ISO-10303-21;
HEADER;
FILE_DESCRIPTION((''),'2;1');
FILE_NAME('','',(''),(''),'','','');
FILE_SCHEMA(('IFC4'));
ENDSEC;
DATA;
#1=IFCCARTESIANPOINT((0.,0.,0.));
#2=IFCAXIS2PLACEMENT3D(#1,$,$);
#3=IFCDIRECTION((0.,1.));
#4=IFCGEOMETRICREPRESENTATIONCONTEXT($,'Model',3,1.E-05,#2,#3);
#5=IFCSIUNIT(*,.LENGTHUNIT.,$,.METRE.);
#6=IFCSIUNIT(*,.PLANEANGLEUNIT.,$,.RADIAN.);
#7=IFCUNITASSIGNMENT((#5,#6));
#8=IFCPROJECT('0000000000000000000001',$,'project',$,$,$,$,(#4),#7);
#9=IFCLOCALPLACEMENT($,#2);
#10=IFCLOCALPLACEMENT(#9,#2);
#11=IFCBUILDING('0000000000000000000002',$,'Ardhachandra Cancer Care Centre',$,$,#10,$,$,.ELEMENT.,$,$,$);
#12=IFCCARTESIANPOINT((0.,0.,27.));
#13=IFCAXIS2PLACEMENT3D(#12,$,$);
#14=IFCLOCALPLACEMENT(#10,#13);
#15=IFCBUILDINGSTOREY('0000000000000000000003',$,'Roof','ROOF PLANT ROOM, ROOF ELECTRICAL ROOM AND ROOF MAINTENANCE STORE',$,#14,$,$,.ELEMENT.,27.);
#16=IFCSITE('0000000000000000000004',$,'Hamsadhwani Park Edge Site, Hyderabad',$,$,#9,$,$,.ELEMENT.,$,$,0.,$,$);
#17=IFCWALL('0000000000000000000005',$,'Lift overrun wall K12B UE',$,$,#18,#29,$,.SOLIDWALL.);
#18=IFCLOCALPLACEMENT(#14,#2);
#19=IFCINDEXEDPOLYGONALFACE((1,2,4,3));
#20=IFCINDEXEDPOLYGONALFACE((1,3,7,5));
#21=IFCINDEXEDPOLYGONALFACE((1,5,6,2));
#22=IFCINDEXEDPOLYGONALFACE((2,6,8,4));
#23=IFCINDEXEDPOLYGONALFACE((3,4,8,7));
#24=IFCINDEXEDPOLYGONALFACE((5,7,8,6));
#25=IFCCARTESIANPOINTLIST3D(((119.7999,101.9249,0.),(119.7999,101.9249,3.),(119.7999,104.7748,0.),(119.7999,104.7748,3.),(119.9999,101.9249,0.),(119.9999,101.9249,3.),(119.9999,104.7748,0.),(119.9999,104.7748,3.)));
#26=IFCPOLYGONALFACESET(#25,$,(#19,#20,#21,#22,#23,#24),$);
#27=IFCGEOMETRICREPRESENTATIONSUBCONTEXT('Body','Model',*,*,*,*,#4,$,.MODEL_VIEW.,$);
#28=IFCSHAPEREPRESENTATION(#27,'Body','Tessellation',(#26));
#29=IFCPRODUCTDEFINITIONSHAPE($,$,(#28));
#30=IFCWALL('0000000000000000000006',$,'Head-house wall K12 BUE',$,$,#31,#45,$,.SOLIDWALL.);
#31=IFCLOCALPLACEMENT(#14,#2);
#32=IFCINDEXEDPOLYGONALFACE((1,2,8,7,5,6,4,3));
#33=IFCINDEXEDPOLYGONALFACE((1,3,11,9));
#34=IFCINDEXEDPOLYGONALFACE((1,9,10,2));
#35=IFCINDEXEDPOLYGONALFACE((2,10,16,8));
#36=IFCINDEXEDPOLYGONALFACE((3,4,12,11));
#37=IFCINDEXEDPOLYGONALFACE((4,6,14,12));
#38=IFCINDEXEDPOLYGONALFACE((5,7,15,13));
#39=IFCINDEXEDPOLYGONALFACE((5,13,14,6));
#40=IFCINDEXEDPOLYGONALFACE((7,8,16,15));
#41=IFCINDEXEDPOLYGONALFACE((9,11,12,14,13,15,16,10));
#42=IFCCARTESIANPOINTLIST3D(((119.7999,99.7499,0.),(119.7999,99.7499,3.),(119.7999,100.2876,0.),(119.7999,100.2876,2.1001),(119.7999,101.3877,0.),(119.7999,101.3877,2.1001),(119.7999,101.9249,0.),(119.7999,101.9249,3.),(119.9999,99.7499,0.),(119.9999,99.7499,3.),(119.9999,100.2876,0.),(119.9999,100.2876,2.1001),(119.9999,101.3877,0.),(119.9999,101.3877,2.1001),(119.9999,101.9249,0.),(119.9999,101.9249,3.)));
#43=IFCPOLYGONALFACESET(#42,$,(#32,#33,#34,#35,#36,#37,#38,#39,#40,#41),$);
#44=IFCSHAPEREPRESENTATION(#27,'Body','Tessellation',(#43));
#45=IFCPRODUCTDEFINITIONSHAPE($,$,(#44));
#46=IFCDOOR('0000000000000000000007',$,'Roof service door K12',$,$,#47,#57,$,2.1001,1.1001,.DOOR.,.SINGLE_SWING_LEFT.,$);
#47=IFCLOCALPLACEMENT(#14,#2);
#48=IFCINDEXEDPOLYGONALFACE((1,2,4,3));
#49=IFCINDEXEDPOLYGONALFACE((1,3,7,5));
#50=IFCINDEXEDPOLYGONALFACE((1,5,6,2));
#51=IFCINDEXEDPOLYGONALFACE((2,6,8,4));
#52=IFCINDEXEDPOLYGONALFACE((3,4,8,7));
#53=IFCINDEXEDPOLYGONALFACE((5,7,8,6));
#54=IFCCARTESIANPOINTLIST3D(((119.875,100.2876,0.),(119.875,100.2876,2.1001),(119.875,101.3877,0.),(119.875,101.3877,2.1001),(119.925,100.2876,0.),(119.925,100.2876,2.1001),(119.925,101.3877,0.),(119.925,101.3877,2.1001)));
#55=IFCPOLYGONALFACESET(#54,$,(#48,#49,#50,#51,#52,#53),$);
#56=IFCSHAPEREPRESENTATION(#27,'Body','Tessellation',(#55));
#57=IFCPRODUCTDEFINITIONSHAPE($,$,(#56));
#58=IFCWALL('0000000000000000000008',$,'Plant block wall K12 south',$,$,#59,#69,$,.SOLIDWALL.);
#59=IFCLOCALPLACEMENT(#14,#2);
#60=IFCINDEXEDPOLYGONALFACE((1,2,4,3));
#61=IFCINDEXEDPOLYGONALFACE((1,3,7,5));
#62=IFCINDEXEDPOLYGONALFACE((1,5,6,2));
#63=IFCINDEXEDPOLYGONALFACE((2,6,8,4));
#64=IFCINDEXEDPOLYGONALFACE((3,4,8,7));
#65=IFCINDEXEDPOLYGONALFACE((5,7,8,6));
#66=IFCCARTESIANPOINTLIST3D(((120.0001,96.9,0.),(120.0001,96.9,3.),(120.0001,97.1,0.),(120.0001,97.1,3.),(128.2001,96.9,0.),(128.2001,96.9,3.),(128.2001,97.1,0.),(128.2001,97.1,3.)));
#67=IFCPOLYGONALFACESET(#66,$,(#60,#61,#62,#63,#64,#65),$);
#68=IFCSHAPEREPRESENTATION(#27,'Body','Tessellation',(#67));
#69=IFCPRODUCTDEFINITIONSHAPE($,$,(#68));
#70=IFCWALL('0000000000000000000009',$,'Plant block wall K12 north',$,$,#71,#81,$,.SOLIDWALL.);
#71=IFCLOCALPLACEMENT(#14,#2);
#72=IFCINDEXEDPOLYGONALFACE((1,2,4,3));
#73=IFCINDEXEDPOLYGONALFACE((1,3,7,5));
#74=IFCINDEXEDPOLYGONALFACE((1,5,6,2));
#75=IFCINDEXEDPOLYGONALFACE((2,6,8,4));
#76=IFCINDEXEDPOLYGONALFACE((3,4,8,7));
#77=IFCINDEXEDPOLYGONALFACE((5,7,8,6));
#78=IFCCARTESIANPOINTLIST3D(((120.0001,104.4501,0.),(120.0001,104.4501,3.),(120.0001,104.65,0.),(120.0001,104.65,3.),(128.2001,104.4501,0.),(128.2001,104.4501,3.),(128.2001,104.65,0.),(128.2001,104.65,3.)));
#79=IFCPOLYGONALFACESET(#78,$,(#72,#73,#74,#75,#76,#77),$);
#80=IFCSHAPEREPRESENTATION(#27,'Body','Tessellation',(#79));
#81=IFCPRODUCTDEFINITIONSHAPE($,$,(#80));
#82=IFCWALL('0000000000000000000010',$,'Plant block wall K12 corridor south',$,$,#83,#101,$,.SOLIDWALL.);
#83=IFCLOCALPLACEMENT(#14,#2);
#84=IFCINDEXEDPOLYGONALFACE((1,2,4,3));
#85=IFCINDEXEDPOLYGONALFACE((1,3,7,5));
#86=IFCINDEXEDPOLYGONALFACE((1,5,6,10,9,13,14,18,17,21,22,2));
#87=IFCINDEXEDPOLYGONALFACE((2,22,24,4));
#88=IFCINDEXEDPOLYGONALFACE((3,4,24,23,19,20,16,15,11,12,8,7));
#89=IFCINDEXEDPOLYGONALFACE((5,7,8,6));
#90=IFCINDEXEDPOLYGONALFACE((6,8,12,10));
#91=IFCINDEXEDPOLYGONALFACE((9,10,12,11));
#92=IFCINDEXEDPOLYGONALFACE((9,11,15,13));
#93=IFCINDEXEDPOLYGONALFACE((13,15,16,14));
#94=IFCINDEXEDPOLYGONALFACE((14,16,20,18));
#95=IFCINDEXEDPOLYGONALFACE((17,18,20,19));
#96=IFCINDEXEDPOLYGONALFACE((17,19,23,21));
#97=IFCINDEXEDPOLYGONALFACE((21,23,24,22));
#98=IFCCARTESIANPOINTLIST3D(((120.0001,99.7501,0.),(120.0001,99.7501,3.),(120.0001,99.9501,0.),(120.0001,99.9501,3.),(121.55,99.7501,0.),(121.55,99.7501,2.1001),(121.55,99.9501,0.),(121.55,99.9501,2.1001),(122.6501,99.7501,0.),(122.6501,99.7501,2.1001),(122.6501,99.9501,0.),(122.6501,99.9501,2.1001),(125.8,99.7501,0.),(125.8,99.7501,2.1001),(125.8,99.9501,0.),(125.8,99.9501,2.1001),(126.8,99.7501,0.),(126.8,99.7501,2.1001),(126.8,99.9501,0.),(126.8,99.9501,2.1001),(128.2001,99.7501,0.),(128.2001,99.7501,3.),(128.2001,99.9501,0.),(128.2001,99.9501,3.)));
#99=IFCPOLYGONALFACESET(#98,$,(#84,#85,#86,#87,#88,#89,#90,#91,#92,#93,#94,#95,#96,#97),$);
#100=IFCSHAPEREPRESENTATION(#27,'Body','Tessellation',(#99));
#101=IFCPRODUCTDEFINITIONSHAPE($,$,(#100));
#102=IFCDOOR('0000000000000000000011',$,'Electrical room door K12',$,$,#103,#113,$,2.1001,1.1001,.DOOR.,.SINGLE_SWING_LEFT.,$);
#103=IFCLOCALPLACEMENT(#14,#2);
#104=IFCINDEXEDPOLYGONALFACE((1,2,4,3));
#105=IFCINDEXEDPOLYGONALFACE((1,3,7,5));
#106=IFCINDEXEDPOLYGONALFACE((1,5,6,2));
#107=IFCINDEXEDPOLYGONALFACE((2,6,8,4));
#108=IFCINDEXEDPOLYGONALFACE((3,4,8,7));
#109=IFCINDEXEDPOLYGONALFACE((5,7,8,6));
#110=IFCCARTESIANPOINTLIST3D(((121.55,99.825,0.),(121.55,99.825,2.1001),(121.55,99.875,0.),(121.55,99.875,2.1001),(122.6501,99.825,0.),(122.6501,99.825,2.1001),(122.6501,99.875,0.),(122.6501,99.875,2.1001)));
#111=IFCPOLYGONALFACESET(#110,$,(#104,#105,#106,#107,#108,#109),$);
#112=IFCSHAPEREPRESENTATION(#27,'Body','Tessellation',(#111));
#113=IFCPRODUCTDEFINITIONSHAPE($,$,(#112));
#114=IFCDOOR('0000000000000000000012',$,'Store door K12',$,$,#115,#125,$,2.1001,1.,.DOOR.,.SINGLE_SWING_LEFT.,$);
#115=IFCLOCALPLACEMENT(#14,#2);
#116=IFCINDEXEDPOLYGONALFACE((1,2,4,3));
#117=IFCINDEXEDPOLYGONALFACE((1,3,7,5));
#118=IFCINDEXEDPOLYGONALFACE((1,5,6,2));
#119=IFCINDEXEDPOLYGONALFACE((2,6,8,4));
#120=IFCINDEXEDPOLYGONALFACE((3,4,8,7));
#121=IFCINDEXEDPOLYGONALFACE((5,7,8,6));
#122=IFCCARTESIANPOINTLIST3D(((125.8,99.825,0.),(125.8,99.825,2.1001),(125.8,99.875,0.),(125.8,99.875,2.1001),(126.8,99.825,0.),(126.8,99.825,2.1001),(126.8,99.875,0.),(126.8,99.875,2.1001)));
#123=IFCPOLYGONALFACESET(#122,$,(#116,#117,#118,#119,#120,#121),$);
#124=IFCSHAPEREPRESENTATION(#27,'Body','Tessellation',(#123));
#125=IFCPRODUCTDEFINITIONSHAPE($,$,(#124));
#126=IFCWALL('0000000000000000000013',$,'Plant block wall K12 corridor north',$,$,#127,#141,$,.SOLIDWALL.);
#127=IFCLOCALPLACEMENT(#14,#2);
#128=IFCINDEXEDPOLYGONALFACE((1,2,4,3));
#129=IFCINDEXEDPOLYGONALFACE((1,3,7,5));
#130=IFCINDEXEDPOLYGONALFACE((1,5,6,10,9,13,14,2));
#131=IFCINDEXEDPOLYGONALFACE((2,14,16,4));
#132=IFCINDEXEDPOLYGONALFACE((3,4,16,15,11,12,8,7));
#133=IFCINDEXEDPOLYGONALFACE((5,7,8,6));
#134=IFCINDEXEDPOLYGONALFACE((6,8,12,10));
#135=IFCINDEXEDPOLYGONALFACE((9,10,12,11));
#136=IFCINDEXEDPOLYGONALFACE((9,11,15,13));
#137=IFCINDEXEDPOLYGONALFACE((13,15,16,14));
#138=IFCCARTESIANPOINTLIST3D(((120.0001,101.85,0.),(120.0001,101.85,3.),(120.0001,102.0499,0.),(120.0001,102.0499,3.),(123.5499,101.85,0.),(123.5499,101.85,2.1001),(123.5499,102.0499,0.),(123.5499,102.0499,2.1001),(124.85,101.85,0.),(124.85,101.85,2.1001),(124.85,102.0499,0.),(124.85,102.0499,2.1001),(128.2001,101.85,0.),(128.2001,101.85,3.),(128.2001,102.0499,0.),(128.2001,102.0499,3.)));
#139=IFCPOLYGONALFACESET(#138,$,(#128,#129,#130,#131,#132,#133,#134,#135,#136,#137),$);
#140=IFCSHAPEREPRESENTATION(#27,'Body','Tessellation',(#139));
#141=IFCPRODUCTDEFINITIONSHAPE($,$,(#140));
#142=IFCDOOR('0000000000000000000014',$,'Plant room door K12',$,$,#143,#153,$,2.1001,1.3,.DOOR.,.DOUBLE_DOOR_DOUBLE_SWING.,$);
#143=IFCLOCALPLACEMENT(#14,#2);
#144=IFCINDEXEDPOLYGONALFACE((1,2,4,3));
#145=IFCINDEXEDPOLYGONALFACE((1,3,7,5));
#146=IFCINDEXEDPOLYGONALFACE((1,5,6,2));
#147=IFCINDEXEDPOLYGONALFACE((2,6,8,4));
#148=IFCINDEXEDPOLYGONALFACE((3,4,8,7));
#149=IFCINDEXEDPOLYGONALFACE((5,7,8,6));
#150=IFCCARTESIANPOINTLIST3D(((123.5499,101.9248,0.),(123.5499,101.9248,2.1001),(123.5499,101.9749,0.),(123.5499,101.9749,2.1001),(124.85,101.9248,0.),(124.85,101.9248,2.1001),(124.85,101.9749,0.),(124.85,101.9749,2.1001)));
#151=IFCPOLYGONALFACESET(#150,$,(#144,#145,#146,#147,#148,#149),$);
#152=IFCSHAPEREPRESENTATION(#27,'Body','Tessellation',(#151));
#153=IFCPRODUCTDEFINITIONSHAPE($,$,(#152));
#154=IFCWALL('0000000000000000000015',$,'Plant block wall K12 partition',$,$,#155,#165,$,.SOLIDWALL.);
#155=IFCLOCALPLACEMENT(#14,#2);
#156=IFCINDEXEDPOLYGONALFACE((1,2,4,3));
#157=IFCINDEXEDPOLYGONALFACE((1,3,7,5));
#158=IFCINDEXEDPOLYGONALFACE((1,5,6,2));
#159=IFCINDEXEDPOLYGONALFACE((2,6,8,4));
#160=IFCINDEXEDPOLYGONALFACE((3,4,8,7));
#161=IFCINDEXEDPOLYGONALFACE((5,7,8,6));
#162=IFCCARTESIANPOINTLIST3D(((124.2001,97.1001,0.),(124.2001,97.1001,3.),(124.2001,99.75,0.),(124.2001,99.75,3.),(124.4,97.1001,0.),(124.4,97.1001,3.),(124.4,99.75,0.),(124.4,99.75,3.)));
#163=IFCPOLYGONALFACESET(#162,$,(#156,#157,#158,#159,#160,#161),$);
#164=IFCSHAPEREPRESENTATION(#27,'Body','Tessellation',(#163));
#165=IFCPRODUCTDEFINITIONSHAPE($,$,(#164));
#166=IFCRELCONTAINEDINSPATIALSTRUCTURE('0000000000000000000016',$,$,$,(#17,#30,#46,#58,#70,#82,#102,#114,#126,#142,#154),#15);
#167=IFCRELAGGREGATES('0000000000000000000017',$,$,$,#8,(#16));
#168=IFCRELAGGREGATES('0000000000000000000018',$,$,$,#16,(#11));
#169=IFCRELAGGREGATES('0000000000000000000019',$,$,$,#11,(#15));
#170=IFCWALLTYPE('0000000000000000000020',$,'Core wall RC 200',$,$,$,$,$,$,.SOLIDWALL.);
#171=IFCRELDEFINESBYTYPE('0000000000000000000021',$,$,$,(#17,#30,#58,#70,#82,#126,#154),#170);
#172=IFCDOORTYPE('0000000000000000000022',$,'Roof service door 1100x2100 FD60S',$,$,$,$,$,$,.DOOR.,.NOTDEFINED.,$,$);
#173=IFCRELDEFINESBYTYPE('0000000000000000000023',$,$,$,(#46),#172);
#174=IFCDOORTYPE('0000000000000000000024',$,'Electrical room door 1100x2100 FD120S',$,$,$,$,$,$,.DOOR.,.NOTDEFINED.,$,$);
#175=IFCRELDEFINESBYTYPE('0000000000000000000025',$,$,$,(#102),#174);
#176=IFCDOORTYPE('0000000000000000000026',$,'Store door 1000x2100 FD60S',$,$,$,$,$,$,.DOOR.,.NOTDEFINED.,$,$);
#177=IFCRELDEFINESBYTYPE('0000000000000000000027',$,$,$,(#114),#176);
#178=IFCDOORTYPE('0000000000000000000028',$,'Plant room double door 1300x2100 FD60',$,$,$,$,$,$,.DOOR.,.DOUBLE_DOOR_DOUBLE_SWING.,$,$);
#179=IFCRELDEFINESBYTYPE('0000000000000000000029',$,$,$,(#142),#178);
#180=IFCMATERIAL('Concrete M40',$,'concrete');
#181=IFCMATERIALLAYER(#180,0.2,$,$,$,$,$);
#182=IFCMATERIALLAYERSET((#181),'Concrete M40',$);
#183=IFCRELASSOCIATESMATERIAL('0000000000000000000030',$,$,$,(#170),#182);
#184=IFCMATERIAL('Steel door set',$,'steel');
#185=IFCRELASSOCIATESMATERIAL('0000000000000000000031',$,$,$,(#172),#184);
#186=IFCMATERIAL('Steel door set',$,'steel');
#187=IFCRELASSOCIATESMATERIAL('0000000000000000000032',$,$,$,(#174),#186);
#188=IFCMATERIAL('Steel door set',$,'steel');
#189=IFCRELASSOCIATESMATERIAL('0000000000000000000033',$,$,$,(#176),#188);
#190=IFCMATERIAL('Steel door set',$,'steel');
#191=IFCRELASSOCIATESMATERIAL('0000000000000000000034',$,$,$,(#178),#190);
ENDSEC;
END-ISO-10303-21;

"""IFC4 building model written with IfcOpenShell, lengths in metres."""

from ifc_helpers import new_model, si_unit, direction, frame, frame_2d, origin, place, context, subcontext, project, spatial, rectangle, extrude, material, layer, layer_set, type_object, element, fill, save


model = new_model("IFC4")

# Units and contexts
model_context = context("Model", 3, precision=1e-05, world=origin(), true_north=direction((0.0, 1.0)))
body_context = subcontext(model_context, "Body", "Model", "MODEL_VIEW")
ifc_project = project(units=[si_unit("LENGTHUNIT", "METRE"), si_unit("PLANEANGLEUNIT", "RADIAN")], contexts=[model_context])

# Site, building, storey
site_placement = place(None, origin())
site = spatial("IfcSite", under=ifc_project, at=site_placement, Name="Hamsadhwani Park Edge Site, Hyderabad", CompositionType="ELEMENT", RefElevation=0.0)
building_placement = place(site_placement, origin())
building = spatial("IfcBuilding", under=site, at=building_placement, Name="Ardhachandra Cancer Care Centre", CompositionType="ELEMENT")
storey_placement = place(building_placement, frame((0.0, 0.0, 27.0)))
storey = spatial("IfcBuildingStorey", under=building, at=storey_placement, Name="Roof", Description="ROOF PLANT ROOM, ROOF ELECTRICAL ROOM AND ROOF MAINTENANCE STORE", CompositionType="ELEMENT", Elevation=27.0)

# Wall
ifc_material_1 = material(Name="Concrete M40", Category="concrete")
ifc_layer_1 = layer(ifc_material_1, 0.2)
ifc_layer_set_1 = layer_set([ifc_layer_1], Name="Concrete M40")
wall_type_1 = type_object("IfcWallType", Name="Core wall RC 200", PredefinedType="SOLIDWALL", material=ifc_layer_set_1)
wall_1_placement = place(storey_placement, frame((119.8999, 101.925, 0.0), z_axis=(0.0, 0.0, 1.0), x_axis=(0.0, 1.0, 0.0)))
element("IfcWall", 1, at=wall_1_placement, inside=storey, type_object=wall_type_1, Name="Lift overrun wall K12B UE", PredefinedType="SOLIDWALL", context=body_context, shape_type="SweptSolid", body=[
    extrude(rectangle(XDim=2.8499, YDim=0.2, at=frame_2d((1.4248, 0.0))), origin(), (0.0, 0.0, 1.0), 3.0),
])

# Wall, opening, door
wall_2_placement = place(storey_placement, frame((119.8999, 99.75, 0.0), z_axis=(0.0, 0.0, 1.0), x_axis=(0.0, 1.0, 0.0)))
wall_2 = element("IfcWall", 2, at=wall_2_placement, inside=storey, type_object=wall_type_1, Name="Head-house wall K12 BUE", PredefinedType="SOLIDWALL", context=body_context, shape_type="SweptSolid", body=[
    extrude(rectangle(XDim=2.175, YDim=0.2, at=frame_2d((1.0874, 0.0))), origin(), (0.0, 0.0, 1.0), 3.0),
])
opening_1_placement = place(wall_2_placement, frame((0.5376, 0.0, 0.0)))
opening_1 = element("IfcOpeningElement", 3, at=opening_1_placement, cuts=wall_2, PredefinedType="OPENING", context=body_context, shape_type="SweptSolid", body=[
    extrude(rectangle(XDim=1.1001, YDim=2.1001, at=frame_2d((0.55, 1.05))), frame((0.0, 0.1099, 0.0), z_axis=(0.0, -1.0, 0.0), x_axis=(1.0, 0.0, 0.0)), (0.0, 0.0, 1.0), 0.22),
])
ifc_material_2 = material(Name="Steel door set", Category="steel")
door_type_1 = type_object("IfcDoorType", Name="Roof service door 1100x2100 FD60S", OperationType="NOTDEFINED", PredefinedType="DOOR", material=ifc_material_2)
door_1_placement = place(opening_1_placement, origin())
door_1 = element("IfcDoor", 4, at=door_1_placement, inside=storey, type_object=door_type_1, Name="Roof service door K12", OperationType="SINGLE_SWING_LEFT", OverallHeight=2.1001, OverallWidth=1.1001, PredefinedType="DOOR", context=body_context, shape_type="SweptSolid", body=[
    extrude(rectangle(XDim=1.1001, YDim=2.1001, at=frame_2d((0.55, 1.05))), frame((0.0, 0.0249, 0.0), z_axis=(0.0, -1.0, 0.0), x_axis=(1.0, 0.0, 0.0)), (0.0, 0.0, 1.0), 0.05),
])
fill(opening_1, door_1)

# Walls
for number, where, z_axis, x_axis, name in (
    (5, (120.0, 97.0, 0.0), (0.0, 0.0, 1.0), (1.0, 0.0, 0.0), "Plant block wall K12 south"),
    (6, (120.0, 104.55, 0.0), (0.0, 0.0, 1.0), (1.0, 0.0, 0.0), "Plant block wall K12 north"),
):
    element("IfcWall", number, at=place(storey_placement, frame(where, z_axis=z_axis, x_axis=x_axis)), inside=storey, type_object=wall_type_1, Name=name, PredefinedType="SOLIDWALL", context=body_context, shape_type="SweptSolid", body=[
        extrude(rectangle(XDim=8.2, YDim=0.2, at=frame_2d((4.1001, 0.0))), origin(), (0.0, 0.0, 1.0), 3.0),
    ])

# Wall, openings, doors
wall_3_placement = place(storey_placement, frame((120.0, 99.8501, 0.0), z_axis=(0.0, 0.0, 1.0), x_axis=(1.0, 0.0, 0.0)))
wall_3 = element("IfcWall", 7, at=wall_3_placement, inside=storey, type_object=wall_type_1, Name="Plant block wall K12 corridor south", PredefinedType="SOLIDWALL", context=body_context, shape_type="SweptSolid", body=[
    extrude(rectangle(XDim=8.2, YDim=0.2, at=frame_2d((4.1001, 0.0))), origin(), (0.0, 0.0, 1.0), 3.0),
])
opening_2_placement = place(wall_3_placement, frame((1.55, 0.0, 0.0)))
opening_2 = element("IfcOpeningElement", 8, at=opening_2_placement, cuts=wall_3, PredefinedType="OPENING", context=body_context, shape_type="SweptSolid", body=[
    extrude(rectangle(XDim=1.1001, YDim=2.1001, at=frame_2d((0.55, 1.05))), frame((0.0, 0.1099, 0.0), z_axis=(0.0, -1.0, 0.0), x_axis=(1.0, 0.0, 0.0)), (0.0, 0.0, 1.0), 0.22),
])
opening_3_placement = place(wall_3_placement, frame((5.8, 0.0, 0.0)))
opening_3 = element("IfcOpeningElement", 9, at=opening_3_placement, cuts=wall_3, PredefinedType="OPENING", context=body_context, shape_type="SweptSolid", body=[
    extrude(rectangle(XDim=1.0, YDim=2.1001, at=frame_2d((0.5, 1.05))), frame((0.0, 0.1099, 0.0), z_axis=(0.0, -1.0, 0.0), x_axis=(1.0, 0.0, 0.0)), (0.0, 0.0, 1.0), 0.22),
])
ifc_material_3 = material(Name="Steel door set", Category="steel")
door_type_2 = type_object("IfcDoorType", Name="Electrical room door 1100x2100 FD120S", OperationType="NOTDEFINED", PredefinedType="DOOR", material=ifc_material_3)
door_2_placement = place(opening_2_placement, origin())
door_2 = element("IfcDoor", 10, at=door_2_placement, inside=storey, type_object=door_type_2, Name="Electrical room door K12", OperationType="SINGLE_SWING_LEFT", OverallHeight=2.1001, OverallWidth=1.1001, PredefinedType="DOOR", context=body_context, shape_type="SweptSolid", body=[
    extrude(rectangle(XDim=1.1001, YDim=2.1001, at=frame_2d((0.55, 1.05))), frame((0.0, 0.0249, 0.0), z_axis=(0.0, -1.0, 0.0), x_axis=(1.0, 0.0, 0.0)), (0.0, 0.0, 1.0), 0.05),
])
fill(opening_2, door_2)
ifc_material_4 = material(Name="Steel door set", Category="steel")
door_type_3 = type_object("IfcDoorType", Name="Store door 1000x2100 FD60S", OperationType="NOTDEFINED", PredefinedType="DOOR", material=ifc_material_4)
door_3_placement = place(opening_3_placement, origin())
door_3 = element("IfcDoor", 11, at=door_3_placement, inside=storey, type_object=door_type_3, Name="Store door K12", OperationType="SINGLE_SWING_LEFT", OverallHeight=2.1001, OverallWidth=1.0, PredefinedType="DOOR", context=body_context, shape_type="SweptSolid", body=[
    extrude(rectangle(XDim=1.0, YDim=2.1001, at=frame_2d((0.5, 1.05))), frame((0.0, 0.0249, 0.0), z_axis=(0.0, -1.0, 0.0), x_axis=(1.0, 0.0, 0.0)), (0.0, 0.0, 1.0), 0.05),
])
fill(opening_3, door_3)

# Wall, opening, door
wall_4_placement = place(storey_placement, frame((120.0, 101.95, 0.0), z_axis=(0.0, 0.0, 1.0), x_axis=(1.0, 0.0, 0.0)))
wall_4 = element("IfcWall", 12, at=wall_4_placement, inside=storey, type_object=wall_type_1, Name="Plant block wall K12 corridor north", PredefinedType="SOLIDWALL", context=body_context, shape_type="SweptSolid", body=[
    extrude(rectangle(XDim=8.2, YDim=0.2, at=frame_2d((4.1001, 0.0))), origin(), (0.0, 0.0, 1.0), 3.0),
])
opening_4_placement = place(wall_4_placement, frame((3.55, 0.0, 0.0)))
opening_4 = element("IfcOpeningElement", 13, at=opening_4_placement, cuts=wall_4, PredefinedType="OPENING", context=body_context, shape_type="SweptSolid", body=[
    extrude(rectangle(XDim=1.3, YDim=2.1001, at=frame_2d((0.6499, 1.05))), frame((0.0, 0.1099, 0.0), z_axis=(0.0, -1.0, 0.0), x_axis=(1.0, 0.0, 0.0)), (0.0, 0.0, 1.0), 0.22),
])
ifc_material_5 = material(Name="Steel door set", Category="steel")
door_type_4 = type_object("IfcDoorType", Name="Plant room double door 1300x2100 FD60", OperationType="DOUBLE_DOOR_DOUBLE_SWING", PredefinedType="DOOR", material=ifc_material_5)
door_4_placement = place(opening_4_placement, origin())
door_4 = element("IfcDoor", 14, at=door_4_placement, inside=storey, type_object=door_type_4, Name="Plant room door K12", OperationType="DOUBLE_DOOR_DOUBLE_SWING", OverallHeight=2.1001, OverallWidth=1.3, PredefinedType="DOOR", context=body_context, shape_type="SweptSolid", body=[
    extrude(rectangle(XDim=1.3, YDim=2.1001, at=frame_2d((0.6499, 1.05))), frame((0.0, 0.0249, 0.0), z_axis=(0.0, -1.0, 0.0), x_axis=(1.0, 0.0, 0.0)), (0.0, 0.0, 1.0), 0.05),
])
fill(opening_4, door_4)

# Wall
wall_5_placement = place(storey_placement, frame((124.3, 97.1001, 0.0), z_axis=(0.0, 0.0, 1.0), x_axis=(0.0, 1.0, 0.0)))
element("IfcWall", 15, at=wall_5_placement, inside=storey, type_object=wall_type_1, Name="Plant block wall K12 partition", PredefinedType="SOLIDWALL", context=body_context, shape_type="SweptSolid", body=[
    extrude(rectangle(XDim=2.6499, YDim=0.2, at=frame_2d((1.325, 0.0))), origin(), (0.0, 0.0, 1.0), 3.0),
])

save(model, "model.ifc")
